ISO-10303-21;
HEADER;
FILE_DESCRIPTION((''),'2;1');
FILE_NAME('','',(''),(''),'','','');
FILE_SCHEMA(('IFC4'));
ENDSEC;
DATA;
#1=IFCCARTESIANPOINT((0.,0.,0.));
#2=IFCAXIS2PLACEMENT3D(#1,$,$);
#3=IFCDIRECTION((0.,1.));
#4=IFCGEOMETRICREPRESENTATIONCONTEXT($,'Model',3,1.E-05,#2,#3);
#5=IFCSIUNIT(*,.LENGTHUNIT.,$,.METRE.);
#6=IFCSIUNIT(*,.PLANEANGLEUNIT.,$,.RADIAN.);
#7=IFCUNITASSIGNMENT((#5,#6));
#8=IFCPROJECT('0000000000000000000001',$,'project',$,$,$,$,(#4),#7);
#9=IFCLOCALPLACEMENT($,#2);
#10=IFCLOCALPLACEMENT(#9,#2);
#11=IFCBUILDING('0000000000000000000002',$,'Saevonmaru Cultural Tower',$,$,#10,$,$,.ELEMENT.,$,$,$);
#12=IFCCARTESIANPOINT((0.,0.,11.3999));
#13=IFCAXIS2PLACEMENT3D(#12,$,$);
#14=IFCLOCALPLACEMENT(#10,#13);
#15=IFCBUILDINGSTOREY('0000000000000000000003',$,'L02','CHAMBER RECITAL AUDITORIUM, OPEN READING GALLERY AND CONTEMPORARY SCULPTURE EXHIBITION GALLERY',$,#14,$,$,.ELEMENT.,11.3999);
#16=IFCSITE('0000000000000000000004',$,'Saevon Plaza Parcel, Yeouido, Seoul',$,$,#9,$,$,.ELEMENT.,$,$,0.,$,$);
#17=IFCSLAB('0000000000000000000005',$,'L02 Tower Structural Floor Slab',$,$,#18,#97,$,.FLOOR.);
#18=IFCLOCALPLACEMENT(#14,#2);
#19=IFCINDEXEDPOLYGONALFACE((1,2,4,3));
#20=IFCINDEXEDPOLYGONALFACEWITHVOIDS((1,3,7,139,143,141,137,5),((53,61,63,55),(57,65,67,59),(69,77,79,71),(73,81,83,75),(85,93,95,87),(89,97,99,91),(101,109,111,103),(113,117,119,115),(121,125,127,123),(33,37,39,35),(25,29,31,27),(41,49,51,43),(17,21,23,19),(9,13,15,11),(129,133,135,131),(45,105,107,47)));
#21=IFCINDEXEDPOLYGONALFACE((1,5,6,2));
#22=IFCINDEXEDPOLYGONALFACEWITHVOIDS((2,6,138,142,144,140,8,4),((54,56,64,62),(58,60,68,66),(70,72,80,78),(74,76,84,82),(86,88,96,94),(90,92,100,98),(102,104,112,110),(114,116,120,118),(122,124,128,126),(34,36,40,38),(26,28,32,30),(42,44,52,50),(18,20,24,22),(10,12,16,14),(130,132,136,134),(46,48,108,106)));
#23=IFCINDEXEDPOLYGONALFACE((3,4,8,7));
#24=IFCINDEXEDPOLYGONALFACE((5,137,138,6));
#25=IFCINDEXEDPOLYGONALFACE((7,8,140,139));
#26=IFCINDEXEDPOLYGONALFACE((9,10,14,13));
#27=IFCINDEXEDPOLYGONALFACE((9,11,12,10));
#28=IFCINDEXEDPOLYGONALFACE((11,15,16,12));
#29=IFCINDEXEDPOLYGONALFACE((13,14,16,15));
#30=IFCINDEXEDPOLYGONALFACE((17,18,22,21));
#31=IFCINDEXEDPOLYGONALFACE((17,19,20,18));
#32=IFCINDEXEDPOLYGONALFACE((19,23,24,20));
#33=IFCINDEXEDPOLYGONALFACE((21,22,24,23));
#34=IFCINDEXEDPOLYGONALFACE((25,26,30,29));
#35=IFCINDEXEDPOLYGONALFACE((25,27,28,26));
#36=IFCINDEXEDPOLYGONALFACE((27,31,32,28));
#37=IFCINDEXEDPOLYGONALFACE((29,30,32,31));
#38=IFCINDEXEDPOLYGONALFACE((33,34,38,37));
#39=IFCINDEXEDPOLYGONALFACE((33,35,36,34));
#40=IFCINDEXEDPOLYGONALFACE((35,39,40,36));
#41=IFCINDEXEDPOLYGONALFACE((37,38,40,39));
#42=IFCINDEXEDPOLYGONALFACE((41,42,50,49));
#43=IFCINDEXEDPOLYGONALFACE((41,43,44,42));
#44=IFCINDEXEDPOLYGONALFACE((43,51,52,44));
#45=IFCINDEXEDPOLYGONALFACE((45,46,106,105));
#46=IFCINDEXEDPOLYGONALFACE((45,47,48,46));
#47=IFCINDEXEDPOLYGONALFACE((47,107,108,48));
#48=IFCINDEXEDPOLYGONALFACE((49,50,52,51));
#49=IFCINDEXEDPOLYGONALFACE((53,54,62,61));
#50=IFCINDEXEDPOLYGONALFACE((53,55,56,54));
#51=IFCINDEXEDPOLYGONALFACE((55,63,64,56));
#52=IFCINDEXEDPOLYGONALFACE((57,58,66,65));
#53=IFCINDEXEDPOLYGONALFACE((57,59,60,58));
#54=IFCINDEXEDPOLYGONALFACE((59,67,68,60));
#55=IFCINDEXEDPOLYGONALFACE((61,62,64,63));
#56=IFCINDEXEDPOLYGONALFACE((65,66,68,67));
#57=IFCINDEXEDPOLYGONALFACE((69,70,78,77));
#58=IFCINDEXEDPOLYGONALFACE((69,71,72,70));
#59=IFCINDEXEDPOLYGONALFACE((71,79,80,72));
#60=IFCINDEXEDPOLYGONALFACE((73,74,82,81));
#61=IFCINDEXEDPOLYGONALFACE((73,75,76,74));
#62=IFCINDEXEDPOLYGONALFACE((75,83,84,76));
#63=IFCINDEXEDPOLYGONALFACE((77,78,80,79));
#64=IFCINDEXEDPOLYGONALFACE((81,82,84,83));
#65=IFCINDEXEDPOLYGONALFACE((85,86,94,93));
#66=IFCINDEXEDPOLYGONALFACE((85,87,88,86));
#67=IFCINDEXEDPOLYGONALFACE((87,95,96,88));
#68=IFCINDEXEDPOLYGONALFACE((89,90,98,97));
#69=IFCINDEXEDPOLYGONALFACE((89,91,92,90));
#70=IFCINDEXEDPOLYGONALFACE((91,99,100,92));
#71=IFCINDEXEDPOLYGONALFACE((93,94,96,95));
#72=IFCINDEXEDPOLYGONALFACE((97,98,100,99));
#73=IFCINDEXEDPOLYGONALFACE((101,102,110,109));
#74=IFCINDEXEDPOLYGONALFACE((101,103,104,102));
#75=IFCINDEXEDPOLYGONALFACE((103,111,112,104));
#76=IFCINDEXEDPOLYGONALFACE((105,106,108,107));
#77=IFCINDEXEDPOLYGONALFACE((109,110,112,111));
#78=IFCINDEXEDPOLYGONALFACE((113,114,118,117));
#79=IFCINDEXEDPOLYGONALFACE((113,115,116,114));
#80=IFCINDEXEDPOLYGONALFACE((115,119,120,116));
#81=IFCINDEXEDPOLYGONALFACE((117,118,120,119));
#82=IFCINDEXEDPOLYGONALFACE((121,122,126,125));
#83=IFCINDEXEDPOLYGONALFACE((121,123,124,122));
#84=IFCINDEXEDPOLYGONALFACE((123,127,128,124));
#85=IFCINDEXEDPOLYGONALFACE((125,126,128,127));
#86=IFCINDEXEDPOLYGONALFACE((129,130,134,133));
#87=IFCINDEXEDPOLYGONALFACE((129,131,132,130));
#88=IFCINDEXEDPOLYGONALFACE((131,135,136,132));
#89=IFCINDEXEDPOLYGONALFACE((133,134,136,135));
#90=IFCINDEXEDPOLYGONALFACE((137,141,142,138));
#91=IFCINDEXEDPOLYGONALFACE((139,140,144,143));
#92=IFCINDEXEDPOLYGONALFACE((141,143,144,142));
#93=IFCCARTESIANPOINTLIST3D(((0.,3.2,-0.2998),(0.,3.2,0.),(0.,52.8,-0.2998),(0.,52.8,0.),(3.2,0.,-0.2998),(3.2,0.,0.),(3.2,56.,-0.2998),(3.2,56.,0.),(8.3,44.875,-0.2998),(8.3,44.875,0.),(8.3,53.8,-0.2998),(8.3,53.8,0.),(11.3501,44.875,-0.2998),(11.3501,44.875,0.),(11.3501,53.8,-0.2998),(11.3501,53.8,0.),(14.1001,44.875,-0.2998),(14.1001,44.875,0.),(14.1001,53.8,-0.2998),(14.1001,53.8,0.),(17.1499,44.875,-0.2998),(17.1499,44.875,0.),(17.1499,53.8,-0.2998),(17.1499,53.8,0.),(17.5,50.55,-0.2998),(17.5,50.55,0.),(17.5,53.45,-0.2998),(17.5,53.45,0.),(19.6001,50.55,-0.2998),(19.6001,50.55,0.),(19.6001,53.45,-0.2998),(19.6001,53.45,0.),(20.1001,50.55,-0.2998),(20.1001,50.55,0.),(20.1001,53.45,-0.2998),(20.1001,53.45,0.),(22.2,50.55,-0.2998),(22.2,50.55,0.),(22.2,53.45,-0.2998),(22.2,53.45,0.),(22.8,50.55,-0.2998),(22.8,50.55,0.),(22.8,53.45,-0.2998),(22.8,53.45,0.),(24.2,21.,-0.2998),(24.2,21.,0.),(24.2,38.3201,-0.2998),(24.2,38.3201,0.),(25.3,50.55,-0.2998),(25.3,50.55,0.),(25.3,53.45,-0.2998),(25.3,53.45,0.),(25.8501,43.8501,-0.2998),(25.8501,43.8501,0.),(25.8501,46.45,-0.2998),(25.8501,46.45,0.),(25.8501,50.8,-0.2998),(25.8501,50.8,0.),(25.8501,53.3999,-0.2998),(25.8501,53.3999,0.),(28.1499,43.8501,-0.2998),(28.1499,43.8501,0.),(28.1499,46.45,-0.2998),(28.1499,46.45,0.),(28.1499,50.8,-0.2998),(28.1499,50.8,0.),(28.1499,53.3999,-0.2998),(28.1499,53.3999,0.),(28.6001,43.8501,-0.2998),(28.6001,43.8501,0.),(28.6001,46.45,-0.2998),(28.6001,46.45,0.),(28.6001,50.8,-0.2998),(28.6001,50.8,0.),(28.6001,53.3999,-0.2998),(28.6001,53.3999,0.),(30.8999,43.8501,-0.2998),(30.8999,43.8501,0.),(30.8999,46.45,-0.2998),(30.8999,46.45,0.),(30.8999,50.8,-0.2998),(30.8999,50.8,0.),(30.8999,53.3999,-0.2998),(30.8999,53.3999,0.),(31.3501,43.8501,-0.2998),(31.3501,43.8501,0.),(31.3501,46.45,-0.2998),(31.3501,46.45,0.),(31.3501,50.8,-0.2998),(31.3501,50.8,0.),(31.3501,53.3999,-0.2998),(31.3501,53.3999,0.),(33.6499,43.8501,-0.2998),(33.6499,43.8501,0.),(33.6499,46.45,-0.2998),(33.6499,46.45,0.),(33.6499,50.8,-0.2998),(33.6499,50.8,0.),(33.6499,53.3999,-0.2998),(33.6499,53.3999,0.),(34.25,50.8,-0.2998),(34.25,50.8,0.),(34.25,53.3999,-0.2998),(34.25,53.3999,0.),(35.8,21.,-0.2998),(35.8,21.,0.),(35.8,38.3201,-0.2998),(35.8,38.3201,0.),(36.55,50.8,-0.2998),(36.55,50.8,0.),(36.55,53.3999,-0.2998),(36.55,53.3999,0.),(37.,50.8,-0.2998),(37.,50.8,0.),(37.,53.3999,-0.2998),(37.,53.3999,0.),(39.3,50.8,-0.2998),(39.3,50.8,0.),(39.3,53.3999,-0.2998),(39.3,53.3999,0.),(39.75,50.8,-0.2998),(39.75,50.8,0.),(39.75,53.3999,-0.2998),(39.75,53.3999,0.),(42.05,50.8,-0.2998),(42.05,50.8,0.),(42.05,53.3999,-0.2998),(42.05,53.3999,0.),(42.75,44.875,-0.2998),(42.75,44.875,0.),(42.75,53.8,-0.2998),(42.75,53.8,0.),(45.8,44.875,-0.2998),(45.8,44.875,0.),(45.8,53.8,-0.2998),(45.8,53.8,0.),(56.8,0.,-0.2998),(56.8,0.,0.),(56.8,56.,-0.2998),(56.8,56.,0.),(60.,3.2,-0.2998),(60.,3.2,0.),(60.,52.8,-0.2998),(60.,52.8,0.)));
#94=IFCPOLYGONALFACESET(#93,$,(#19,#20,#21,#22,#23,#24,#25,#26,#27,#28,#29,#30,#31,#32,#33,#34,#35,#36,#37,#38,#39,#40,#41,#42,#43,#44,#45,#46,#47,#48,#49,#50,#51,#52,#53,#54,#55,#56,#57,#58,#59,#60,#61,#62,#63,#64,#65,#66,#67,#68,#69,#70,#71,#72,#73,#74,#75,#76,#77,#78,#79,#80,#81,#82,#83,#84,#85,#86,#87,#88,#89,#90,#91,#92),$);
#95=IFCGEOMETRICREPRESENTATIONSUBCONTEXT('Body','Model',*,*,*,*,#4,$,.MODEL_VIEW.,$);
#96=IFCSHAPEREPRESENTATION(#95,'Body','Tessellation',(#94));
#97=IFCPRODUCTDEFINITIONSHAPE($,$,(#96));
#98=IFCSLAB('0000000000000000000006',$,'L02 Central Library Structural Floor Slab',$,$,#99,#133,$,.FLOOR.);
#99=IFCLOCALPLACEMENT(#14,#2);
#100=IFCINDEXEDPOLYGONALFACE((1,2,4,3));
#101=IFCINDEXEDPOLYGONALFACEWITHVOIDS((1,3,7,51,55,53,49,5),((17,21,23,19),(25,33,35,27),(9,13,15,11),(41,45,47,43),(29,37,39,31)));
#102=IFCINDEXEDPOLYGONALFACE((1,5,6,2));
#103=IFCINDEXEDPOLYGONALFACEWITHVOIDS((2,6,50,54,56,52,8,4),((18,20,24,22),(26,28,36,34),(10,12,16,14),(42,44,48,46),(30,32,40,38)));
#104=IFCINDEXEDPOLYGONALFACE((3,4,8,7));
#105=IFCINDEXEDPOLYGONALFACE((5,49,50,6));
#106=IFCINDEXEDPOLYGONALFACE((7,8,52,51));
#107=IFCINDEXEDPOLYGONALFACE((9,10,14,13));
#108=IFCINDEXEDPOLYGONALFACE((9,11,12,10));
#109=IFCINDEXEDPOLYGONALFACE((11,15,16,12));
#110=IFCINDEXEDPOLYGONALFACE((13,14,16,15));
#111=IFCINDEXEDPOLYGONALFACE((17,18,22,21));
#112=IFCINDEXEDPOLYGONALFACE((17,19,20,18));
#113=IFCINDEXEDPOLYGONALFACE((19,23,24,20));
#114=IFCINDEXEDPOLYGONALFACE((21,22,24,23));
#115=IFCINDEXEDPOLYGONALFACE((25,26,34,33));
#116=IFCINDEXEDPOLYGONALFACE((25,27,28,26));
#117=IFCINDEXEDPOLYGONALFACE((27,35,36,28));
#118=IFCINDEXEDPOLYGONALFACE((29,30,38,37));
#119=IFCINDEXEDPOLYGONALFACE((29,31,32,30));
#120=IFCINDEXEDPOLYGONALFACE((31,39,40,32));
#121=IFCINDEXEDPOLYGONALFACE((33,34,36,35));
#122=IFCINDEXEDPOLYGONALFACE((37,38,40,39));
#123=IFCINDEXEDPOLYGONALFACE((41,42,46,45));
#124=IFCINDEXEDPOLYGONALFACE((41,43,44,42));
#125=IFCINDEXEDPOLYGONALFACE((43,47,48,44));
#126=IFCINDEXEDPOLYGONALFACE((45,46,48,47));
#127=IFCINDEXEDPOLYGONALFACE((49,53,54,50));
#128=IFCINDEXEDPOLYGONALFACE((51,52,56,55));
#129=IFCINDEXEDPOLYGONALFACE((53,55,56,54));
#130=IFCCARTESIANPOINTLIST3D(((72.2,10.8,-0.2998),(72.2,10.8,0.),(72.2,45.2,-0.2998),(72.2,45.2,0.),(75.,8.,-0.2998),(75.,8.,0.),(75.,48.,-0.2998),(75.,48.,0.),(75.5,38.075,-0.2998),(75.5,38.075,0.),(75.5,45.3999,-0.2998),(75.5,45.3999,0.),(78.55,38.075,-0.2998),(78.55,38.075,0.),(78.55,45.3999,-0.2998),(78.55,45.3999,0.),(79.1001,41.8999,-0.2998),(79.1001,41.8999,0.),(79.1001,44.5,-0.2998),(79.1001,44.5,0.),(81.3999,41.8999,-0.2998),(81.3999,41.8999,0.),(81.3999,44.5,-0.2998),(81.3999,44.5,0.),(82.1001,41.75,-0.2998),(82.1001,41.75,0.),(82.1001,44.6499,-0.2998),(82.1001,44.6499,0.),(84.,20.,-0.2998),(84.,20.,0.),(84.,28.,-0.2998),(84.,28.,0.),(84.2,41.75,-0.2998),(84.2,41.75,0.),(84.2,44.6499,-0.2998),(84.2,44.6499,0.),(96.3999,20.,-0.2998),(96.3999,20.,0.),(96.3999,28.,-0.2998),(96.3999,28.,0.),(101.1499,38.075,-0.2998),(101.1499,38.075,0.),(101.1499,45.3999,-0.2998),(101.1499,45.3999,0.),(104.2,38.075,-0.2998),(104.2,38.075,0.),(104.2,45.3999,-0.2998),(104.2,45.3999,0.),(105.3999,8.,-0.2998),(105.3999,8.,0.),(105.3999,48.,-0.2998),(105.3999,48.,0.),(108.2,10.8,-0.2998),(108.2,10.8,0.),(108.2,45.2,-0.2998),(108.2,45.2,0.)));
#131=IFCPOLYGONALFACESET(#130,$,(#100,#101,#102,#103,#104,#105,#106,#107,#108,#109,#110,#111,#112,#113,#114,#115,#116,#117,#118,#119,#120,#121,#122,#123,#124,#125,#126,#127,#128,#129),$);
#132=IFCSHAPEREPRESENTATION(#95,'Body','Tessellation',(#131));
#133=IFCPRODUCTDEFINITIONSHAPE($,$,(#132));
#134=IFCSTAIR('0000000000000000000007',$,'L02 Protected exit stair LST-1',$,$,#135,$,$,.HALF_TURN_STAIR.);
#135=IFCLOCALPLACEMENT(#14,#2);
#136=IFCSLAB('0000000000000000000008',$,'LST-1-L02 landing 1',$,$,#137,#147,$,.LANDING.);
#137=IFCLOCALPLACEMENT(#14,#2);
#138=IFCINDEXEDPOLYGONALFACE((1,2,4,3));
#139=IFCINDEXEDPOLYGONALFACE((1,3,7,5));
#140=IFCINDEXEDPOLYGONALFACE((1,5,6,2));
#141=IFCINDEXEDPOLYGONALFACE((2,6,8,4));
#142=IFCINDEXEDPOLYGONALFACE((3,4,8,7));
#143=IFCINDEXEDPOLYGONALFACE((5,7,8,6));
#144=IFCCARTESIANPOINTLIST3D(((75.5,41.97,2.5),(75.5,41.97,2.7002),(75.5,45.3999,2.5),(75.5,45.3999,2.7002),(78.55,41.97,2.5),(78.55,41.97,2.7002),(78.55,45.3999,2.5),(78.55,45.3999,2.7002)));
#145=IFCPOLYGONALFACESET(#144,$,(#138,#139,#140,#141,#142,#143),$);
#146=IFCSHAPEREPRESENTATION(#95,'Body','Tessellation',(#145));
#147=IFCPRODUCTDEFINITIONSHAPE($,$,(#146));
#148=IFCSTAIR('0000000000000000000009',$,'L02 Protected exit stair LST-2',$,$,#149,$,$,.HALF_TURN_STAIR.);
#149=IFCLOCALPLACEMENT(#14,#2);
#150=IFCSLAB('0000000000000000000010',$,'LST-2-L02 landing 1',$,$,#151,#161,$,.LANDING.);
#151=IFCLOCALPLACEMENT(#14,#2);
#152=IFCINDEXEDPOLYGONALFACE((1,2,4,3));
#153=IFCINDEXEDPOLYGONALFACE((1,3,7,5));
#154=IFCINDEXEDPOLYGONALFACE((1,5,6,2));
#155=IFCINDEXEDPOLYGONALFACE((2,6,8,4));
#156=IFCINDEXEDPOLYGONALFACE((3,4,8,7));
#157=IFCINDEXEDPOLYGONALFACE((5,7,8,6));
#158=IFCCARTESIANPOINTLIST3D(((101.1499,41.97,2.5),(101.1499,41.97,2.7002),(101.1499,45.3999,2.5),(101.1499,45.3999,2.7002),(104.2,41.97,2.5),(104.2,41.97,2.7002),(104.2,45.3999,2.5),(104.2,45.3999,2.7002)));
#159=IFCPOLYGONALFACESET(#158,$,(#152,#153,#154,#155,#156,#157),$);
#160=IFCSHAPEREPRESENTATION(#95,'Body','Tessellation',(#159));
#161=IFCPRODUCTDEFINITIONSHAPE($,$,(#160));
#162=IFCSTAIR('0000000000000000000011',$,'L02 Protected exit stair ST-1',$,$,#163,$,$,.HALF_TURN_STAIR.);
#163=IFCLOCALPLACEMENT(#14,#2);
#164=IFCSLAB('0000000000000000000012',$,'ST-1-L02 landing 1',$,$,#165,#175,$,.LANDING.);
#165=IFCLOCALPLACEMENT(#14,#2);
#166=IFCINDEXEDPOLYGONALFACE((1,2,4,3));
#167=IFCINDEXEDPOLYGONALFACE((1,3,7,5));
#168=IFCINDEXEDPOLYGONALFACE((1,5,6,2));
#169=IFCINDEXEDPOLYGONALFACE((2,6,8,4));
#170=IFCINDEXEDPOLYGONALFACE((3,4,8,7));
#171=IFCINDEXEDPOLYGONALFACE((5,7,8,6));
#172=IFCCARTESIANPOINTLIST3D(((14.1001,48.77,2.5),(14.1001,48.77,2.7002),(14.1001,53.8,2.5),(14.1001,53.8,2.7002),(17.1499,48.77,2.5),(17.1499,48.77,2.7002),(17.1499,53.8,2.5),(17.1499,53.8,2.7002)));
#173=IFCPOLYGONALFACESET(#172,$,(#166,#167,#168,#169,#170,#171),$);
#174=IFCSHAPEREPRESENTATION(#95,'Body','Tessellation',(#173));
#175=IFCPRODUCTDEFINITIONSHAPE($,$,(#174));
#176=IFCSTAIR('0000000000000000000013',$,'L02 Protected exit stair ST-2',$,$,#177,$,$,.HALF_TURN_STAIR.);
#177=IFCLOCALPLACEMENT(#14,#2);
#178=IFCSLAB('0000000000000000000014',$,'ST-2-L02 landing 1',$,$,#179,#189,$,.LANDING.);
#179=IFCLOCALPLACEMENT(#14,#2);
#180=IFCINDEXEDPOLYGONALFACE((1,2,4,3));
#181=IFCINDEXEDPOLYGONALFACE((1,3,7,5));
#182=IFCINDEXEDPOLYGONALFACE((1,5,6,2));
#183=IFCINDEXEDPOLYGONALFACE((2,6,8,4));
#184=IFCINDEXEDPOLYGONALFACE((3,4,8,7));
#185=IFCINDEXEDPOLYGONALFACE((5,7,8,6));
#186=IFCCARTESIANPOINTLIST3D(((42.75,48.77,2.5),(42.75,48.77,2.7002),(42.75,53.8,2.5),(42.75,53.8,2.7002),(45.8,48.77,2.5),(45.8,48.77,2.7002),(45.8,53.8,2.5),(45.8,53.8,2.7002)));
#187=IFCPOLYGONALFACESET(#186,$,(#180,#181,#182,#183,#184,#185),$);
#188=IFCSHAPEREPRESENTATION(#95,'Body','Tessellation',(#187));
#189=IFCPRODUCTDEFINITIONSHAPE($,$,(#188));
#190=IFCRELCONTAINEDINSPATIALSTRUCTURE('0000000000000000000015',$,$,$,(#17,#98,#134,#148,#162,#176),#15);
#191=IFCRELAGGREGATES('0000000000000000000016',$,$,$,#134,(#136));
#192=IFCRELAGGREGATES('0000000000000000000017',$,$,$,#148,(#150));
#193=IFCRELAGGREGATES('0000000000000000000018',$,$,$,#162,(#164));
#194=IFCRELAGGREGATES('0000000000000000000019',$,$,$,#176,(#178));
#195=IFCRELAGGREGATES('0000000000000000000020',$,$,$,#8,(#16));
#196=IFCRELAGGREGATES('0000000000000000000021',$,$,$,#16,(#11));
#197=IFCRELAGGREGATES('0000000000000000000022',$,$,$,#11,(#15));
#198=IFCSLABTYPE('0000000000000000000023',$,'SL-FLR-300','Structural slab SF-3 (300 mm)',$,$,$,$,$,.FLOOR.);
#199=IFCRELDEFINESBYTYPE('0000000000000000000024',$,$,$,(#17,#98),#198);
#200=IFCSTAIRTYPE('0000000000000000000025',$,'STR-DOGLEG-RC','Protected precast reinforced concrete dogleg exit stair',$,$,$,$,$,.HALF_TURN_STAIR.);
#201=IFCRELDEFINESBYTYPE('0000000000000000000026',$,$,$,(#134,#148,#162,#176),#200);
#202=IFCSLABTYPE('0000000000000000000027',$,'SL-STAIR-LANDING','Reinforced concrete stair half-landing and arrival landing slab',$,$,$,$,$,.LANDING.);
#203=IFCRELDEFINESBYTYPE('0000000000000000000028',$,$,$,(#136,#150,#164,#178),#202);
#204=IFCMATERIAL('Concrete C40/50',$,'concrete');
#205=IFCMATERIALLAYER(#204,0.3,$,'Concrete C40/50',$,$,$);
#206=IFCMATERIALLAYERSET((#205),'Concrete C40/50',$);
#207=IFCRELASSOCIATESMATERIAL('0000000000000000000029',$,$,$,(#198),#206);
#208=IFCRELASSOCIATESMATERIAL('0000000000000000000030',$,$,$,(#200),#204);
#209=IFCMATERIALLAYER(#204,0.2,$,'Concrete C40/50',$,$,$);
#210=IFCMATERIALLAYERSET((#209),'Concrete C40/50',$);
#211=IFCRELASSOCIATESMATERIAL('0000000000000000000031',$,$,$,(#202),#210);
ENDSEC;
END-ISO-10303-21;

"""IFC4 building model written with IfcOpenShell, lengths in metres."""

from ifc_helpers import new_model, si_unit, direction, frame, origin, place, context, subcontext, project, spatial, polyline, outline, extrude, material, layer, layer_set, type_object, element, aggregate, save


model = new_model("IFC4")

# Units and contexts
model_context = context("Model", 3, precision=1e-05, world=origin(), true_north=direction((0.0, 1.0)))
body_context = subcontext(model_context, "Body", "Model", "MODEL_VIEW")
ifc_project = project(units=[si_unit("LENGTHUNIT", "METRE"), si_unit("PLANEANGLEUNIT", "RADIAN")], contexts=[model_context])

# Site, building, storey
site_placement = place(None, origin())
site = spatial("IfcSite", under=ifc_project, at=site_placement, Name="Saevon Plaza Parcel, Yeouido, Seoul", CompositionType="ELEMENT", RefElevation=0.0)
building_placement = place(site_placement, origin())
building = spatial("IfcBuilding", under=site, at=building_placement, Name="Saevonmaru Cultural Tower", CompositionType="ELEMENT")
storey_placement = place(building_placement, frame((0.0, 0.0, 11.3999)))
storey = spatial("IfcBuildingStorey", under=building, at=storey_placement, Name="L02", Description="CHAMBER RECITAL AUDITORIUM, OPEN READING GALLERY AND CONTEMPORARY SCULPTURE EXHIBITION GALLERY", CompositionType="ELEMENT", Elevation=11.3999)

# Shared definitions
ifc_material_1 = material(Name="Concrete C40/50", Category="concrete")

# Slabs
ifc_layer_1 = layer(ifc_material_1, 0.3, Name="Concrete C40/50")
ifc_layer_set_1 = layer_set([ifc_layer_1], Name="Concrete C40/50")
slab_type_1 = type_object("IfcSlabType", Name="SL-FLR-300", Description="Structural slab SF-3 (300 mm)", PredefinedType="FLOOR", material=ifc_layer_set_1)
slab_1_placement = place(storey_placement, frame((0.0, 0.0, -0.2998)))
element("IfcSlab", 1, at=slab_1_placement, inside=storey, type_object=slab_type_1, Name="L02 Tower Structural Floor Slab", PredefinedType="FLOOR", context=body_context, shape_type="SweptSolid", body=[
    extrude(outline(polyline([(0.0, 3.2), (3.2, 0.0), (56.8, 0.0), (60.0, 3.2), (60.0, 52.8), (56.8, 56.0), (3.2, 56.0), (0.0, 52.8), (0.0, 3.2)]), holes=[polyline([(45.8, 44.875), (42.75, 44.875), (42.75, 53.8), (45.8, 53.8), (45.8, 44.875)]), polyline([(39.75, 50.8), (39.75, 53.3999), (42.05, 53.3999), (42.05, 50.8), (39.75, 50.8)]), polyline([(37.0, 50.8), (37.0, 53.3999), (39.3, 53.3999), (39.3, 50.8), (37.0, 50.8)]), polyline([(34.25, 50.8), (34.25, 53.3999), (36.55, 53.3999), (36.55, 50.8), (34.25, 50.8)]), polyline([(24.2, 21.0), (24.2, 38.3201), (35.8, 38.3201), (35.8, 21.0), (24.2, 21.0)]), polyline([(31.3501, 50.8), (31.3501, 53.3999), (33.6499, 53.3999), (33.6499, 50.8), (31.3501, 50.8)]), polyline([(31.3501, 43.8501), (31.3501, 46.45), (33.6499, 46.45), (33.6499, 43.8501), (31.3501, 43.8501)]), polyline([(28.6001, 43.8501), (28.6001, 46.45), (30.8999, 46.45), (30.8999, 43.8501), (28.6001, 43.8501)]), polyline([(28.6001, 50.8), (28.6001, 53.3999), (30.8999, 53.3999), (30.8999, 50.8), (28.6001, 50.8)]), polyline([(25.8501, 50.8), (25.8501, 53.3999), (28.1499, 53.3999), (28.1499, 50.8), (25.8501, 50.8)]), polyline([(25.8501, 43.8501), (25.8501, 46.45), (28.1499, 46.45), (28.1499, 43.8501), (25.8501, 43.8501)]), polyline([(22.8, 50.55), (22.8, 53.45), (25.3, 53.45), (25.3, 50.55), (22.8, 50.55)]), polyline([(20.1001, 50.55), (20.1001, 53.45), (22.2, 53.45), (22.2, 50.55), (20.1001, 50.55)]), polyline([(17.5, 50.55), (17.5, 53.45), (19.6001, 53.45), (19.6001, 50.55), (17.5, 50.55)]), polyline([(17.1499, 44.875), (14.1001, 44.875), (14.1001, 53.8), (17.1499, 53.8), (17.1499, 44.875)]), polyline([(11.3501, 44.875), (8.3, 44.875), (8.3, 53.8), (11.3501, 53.8), (11.3501, 44.875)])]), origin(), (0.0, 0.0, 1.0), 0.2998),
])
slab_2_placement = place(storey_placement, frame((0.0, 0.0, -0.2998)))
element("IfcSlab", 2, at=slab_2_placement, inside=storey, type_object=slab_type_1, Name="L02 Central Library Structural Floor Slab", PredefinedType="FLOOR", context=body_context, shape_type="SweptSolid", body=[
    extrude(outline(polyline([(72.2, 10.8), (75.0, 8.0), (105.3999, 8.0), (108.2, 10.8), (108.2, 45.2), (105.3999, 48.0), (75.0, 48.0), (72.2, 45.2), (72.2, 10.8)]), holes=[polyline([(101.1499, 45.3999), (104.2, 45.3999), (104.2, 38.075), (101.1499, 38.075), (101.1499, 45.3999)]), polyline([(96.3999, 28.0), (96.3999, 20.0), (84.0, 20.0), (84.0, 28.0), (96.3999, 28.0)]), polyline([(84.2, 41.75), (82.1001, 41.75), (82.1001, 44.6499), (84.2, 44.6499), (84.2, 41.75)]), polyline([(81.3999, 41.8999), (79.1001, 41.8999), (79.1001, 44.5), (81.3999, 44.5), (81.3999, 41.8999)]), polyline([(75.5, 45.3999), (78.55, 45.3999), (78.55, 38.075), (75.5, 38.075), (75.5, 45.3999)])]), origin(), (0.0, 0.0, 1.0), 0.2998),
])

# Stairs, slabs
stair_type = type_object("IfcStairType", Name="STR-DOGLEG-RC", Description="Protected precast reinforced concrete dogleg exit stair", PredefinedType="HALF_TURN_STAIR", material=ifc_material_1)
stair_1_placement = place(storey_placement, origin())
stair_1 = element("IfcStair", 3, at=stair_1_placement, inside=storey, type_object=stair_type, Name="L02 Protected exit stair LST-1", PredefinedType="HALF_TURN_STAIR")
ifc_layer_2 = layer(ifc_material_1, 0.2, Name="Concrete C40/50")
ifc_layer_set_2 = layer_set([ifc_layer_2], Name="Concrete C40/50")
slab_type_2 = type_object("IfcSlabType", Name="SL-STAIR-LANDING", Description="Reinforced concrete stair half-landing and arrival landing slab", PredefinedType="LANDING", material=ifc_layer_set_2)
slab_3_placement = place(storey_placement, frame((0.0, 0.0, 2.5)))
slab_3 = element("IfcSlab", 4, at=slab_3_placement, type_object=slab_type_2, Name="LST-1-L02 landing 1", PredefinedType="LANDING", context=body_context, shape_type="SweptSolid", body=[
    extrude(outline(polyline([(78.55, 41.97), (78.55, 45.3999), (75.5, 45.3999), (75.5, 41.97), (78.55, 41.97)])), origin(), (0.0, 0.0, 1.0), 0.2002),
])
aggregate(stair_1, [slab_3])
stair_2_placement = place(storey_placement, origin())
stair_2 = element("IfcStair", 5, at=stair_2_placement, inside=storey, type_object=stair_type, Name="L02 Protected exit stair LST-2", PredefinedType="HALF_TURN_STAIR")
slab_4_placement = place(storey_placement, frame((0.0, 0.0, 2.5)))
slab_4 = element("IfcSlab", 6, at=slab_4_placement, type_object=slab_type_2, Name="LST-2-L02 landing 1", PredefinedType="LANDING", context=body_context, shape_type="SweptSolid", body=[
    extrude(outline(polyline([(104.2, 41.97), (104.2, 45.3999), (101.1499, 45.3999), (101.1499, 41.97), (104.2, 41.97)])), origin(), (0.0, 0.0, 1.0), 0.2002),
])
aggregate(stair_2, [slab_4])
stair_3_placement = place(storey_placement, origin())
stair_3 = element("IfcStair", 7, at=stair_3_placement, inside=storey, type_object=stair_type, Name="L02 Protected exit stair ST-1", PredefinedType="HALF_TURN_STAIR")
slab_5_placement = place(storey_placement, frame((0.0, 0.0, 2.5)))
slab_5 = element("IfcSlab", 8, at=slab_5_placement, type_object=slab_type_2, Name="ST-1-L02 landing 1", PredefinedType="LANDING", context=body_context, shape_type="SweptSolid", body=[
    extrude(outline(polyline([(17.1499, 48.77), (17.1499, 53.8), (14.1001, 53.8), (14.1001, 48.77), (17.1499, 48.77)])), origin(), (0.0, 0.0, 1.0), 0.2002),
])
aggregate(stair_3, [slab_5])
stair_4_placement = place(storey_placement, origin())
stair_4 = element("IfcStair", 9, at=stair_4_placement, inside=storey, type_object=stair_type, Name="L02 Protected exit stair ST-2", PredefinedType="HALF_TURN_STAIR")
slab_6_placement = place(storey_placement, frame((0.0, 0.0, 2.5)))
slab_6 = element("IfcSlab", 10, at=slab_6_placement, type_object=slab_type_2, Name="ST-2-L02 landing 1", PredefinedType="LANDING", context=body_context, shape_type="SweptSolid", body=[
    extrude(outline(polyline([(45.8, 48.77), (45.8, 53.8), (42.75, 53.8), (42.75, 48.77), (45.8, 48.77)])), origin(), (0.0, 0.0, 1.0), 0.2002),
])
aggregate(stair_4, [slab_6])

save(model, "model.ifc")
